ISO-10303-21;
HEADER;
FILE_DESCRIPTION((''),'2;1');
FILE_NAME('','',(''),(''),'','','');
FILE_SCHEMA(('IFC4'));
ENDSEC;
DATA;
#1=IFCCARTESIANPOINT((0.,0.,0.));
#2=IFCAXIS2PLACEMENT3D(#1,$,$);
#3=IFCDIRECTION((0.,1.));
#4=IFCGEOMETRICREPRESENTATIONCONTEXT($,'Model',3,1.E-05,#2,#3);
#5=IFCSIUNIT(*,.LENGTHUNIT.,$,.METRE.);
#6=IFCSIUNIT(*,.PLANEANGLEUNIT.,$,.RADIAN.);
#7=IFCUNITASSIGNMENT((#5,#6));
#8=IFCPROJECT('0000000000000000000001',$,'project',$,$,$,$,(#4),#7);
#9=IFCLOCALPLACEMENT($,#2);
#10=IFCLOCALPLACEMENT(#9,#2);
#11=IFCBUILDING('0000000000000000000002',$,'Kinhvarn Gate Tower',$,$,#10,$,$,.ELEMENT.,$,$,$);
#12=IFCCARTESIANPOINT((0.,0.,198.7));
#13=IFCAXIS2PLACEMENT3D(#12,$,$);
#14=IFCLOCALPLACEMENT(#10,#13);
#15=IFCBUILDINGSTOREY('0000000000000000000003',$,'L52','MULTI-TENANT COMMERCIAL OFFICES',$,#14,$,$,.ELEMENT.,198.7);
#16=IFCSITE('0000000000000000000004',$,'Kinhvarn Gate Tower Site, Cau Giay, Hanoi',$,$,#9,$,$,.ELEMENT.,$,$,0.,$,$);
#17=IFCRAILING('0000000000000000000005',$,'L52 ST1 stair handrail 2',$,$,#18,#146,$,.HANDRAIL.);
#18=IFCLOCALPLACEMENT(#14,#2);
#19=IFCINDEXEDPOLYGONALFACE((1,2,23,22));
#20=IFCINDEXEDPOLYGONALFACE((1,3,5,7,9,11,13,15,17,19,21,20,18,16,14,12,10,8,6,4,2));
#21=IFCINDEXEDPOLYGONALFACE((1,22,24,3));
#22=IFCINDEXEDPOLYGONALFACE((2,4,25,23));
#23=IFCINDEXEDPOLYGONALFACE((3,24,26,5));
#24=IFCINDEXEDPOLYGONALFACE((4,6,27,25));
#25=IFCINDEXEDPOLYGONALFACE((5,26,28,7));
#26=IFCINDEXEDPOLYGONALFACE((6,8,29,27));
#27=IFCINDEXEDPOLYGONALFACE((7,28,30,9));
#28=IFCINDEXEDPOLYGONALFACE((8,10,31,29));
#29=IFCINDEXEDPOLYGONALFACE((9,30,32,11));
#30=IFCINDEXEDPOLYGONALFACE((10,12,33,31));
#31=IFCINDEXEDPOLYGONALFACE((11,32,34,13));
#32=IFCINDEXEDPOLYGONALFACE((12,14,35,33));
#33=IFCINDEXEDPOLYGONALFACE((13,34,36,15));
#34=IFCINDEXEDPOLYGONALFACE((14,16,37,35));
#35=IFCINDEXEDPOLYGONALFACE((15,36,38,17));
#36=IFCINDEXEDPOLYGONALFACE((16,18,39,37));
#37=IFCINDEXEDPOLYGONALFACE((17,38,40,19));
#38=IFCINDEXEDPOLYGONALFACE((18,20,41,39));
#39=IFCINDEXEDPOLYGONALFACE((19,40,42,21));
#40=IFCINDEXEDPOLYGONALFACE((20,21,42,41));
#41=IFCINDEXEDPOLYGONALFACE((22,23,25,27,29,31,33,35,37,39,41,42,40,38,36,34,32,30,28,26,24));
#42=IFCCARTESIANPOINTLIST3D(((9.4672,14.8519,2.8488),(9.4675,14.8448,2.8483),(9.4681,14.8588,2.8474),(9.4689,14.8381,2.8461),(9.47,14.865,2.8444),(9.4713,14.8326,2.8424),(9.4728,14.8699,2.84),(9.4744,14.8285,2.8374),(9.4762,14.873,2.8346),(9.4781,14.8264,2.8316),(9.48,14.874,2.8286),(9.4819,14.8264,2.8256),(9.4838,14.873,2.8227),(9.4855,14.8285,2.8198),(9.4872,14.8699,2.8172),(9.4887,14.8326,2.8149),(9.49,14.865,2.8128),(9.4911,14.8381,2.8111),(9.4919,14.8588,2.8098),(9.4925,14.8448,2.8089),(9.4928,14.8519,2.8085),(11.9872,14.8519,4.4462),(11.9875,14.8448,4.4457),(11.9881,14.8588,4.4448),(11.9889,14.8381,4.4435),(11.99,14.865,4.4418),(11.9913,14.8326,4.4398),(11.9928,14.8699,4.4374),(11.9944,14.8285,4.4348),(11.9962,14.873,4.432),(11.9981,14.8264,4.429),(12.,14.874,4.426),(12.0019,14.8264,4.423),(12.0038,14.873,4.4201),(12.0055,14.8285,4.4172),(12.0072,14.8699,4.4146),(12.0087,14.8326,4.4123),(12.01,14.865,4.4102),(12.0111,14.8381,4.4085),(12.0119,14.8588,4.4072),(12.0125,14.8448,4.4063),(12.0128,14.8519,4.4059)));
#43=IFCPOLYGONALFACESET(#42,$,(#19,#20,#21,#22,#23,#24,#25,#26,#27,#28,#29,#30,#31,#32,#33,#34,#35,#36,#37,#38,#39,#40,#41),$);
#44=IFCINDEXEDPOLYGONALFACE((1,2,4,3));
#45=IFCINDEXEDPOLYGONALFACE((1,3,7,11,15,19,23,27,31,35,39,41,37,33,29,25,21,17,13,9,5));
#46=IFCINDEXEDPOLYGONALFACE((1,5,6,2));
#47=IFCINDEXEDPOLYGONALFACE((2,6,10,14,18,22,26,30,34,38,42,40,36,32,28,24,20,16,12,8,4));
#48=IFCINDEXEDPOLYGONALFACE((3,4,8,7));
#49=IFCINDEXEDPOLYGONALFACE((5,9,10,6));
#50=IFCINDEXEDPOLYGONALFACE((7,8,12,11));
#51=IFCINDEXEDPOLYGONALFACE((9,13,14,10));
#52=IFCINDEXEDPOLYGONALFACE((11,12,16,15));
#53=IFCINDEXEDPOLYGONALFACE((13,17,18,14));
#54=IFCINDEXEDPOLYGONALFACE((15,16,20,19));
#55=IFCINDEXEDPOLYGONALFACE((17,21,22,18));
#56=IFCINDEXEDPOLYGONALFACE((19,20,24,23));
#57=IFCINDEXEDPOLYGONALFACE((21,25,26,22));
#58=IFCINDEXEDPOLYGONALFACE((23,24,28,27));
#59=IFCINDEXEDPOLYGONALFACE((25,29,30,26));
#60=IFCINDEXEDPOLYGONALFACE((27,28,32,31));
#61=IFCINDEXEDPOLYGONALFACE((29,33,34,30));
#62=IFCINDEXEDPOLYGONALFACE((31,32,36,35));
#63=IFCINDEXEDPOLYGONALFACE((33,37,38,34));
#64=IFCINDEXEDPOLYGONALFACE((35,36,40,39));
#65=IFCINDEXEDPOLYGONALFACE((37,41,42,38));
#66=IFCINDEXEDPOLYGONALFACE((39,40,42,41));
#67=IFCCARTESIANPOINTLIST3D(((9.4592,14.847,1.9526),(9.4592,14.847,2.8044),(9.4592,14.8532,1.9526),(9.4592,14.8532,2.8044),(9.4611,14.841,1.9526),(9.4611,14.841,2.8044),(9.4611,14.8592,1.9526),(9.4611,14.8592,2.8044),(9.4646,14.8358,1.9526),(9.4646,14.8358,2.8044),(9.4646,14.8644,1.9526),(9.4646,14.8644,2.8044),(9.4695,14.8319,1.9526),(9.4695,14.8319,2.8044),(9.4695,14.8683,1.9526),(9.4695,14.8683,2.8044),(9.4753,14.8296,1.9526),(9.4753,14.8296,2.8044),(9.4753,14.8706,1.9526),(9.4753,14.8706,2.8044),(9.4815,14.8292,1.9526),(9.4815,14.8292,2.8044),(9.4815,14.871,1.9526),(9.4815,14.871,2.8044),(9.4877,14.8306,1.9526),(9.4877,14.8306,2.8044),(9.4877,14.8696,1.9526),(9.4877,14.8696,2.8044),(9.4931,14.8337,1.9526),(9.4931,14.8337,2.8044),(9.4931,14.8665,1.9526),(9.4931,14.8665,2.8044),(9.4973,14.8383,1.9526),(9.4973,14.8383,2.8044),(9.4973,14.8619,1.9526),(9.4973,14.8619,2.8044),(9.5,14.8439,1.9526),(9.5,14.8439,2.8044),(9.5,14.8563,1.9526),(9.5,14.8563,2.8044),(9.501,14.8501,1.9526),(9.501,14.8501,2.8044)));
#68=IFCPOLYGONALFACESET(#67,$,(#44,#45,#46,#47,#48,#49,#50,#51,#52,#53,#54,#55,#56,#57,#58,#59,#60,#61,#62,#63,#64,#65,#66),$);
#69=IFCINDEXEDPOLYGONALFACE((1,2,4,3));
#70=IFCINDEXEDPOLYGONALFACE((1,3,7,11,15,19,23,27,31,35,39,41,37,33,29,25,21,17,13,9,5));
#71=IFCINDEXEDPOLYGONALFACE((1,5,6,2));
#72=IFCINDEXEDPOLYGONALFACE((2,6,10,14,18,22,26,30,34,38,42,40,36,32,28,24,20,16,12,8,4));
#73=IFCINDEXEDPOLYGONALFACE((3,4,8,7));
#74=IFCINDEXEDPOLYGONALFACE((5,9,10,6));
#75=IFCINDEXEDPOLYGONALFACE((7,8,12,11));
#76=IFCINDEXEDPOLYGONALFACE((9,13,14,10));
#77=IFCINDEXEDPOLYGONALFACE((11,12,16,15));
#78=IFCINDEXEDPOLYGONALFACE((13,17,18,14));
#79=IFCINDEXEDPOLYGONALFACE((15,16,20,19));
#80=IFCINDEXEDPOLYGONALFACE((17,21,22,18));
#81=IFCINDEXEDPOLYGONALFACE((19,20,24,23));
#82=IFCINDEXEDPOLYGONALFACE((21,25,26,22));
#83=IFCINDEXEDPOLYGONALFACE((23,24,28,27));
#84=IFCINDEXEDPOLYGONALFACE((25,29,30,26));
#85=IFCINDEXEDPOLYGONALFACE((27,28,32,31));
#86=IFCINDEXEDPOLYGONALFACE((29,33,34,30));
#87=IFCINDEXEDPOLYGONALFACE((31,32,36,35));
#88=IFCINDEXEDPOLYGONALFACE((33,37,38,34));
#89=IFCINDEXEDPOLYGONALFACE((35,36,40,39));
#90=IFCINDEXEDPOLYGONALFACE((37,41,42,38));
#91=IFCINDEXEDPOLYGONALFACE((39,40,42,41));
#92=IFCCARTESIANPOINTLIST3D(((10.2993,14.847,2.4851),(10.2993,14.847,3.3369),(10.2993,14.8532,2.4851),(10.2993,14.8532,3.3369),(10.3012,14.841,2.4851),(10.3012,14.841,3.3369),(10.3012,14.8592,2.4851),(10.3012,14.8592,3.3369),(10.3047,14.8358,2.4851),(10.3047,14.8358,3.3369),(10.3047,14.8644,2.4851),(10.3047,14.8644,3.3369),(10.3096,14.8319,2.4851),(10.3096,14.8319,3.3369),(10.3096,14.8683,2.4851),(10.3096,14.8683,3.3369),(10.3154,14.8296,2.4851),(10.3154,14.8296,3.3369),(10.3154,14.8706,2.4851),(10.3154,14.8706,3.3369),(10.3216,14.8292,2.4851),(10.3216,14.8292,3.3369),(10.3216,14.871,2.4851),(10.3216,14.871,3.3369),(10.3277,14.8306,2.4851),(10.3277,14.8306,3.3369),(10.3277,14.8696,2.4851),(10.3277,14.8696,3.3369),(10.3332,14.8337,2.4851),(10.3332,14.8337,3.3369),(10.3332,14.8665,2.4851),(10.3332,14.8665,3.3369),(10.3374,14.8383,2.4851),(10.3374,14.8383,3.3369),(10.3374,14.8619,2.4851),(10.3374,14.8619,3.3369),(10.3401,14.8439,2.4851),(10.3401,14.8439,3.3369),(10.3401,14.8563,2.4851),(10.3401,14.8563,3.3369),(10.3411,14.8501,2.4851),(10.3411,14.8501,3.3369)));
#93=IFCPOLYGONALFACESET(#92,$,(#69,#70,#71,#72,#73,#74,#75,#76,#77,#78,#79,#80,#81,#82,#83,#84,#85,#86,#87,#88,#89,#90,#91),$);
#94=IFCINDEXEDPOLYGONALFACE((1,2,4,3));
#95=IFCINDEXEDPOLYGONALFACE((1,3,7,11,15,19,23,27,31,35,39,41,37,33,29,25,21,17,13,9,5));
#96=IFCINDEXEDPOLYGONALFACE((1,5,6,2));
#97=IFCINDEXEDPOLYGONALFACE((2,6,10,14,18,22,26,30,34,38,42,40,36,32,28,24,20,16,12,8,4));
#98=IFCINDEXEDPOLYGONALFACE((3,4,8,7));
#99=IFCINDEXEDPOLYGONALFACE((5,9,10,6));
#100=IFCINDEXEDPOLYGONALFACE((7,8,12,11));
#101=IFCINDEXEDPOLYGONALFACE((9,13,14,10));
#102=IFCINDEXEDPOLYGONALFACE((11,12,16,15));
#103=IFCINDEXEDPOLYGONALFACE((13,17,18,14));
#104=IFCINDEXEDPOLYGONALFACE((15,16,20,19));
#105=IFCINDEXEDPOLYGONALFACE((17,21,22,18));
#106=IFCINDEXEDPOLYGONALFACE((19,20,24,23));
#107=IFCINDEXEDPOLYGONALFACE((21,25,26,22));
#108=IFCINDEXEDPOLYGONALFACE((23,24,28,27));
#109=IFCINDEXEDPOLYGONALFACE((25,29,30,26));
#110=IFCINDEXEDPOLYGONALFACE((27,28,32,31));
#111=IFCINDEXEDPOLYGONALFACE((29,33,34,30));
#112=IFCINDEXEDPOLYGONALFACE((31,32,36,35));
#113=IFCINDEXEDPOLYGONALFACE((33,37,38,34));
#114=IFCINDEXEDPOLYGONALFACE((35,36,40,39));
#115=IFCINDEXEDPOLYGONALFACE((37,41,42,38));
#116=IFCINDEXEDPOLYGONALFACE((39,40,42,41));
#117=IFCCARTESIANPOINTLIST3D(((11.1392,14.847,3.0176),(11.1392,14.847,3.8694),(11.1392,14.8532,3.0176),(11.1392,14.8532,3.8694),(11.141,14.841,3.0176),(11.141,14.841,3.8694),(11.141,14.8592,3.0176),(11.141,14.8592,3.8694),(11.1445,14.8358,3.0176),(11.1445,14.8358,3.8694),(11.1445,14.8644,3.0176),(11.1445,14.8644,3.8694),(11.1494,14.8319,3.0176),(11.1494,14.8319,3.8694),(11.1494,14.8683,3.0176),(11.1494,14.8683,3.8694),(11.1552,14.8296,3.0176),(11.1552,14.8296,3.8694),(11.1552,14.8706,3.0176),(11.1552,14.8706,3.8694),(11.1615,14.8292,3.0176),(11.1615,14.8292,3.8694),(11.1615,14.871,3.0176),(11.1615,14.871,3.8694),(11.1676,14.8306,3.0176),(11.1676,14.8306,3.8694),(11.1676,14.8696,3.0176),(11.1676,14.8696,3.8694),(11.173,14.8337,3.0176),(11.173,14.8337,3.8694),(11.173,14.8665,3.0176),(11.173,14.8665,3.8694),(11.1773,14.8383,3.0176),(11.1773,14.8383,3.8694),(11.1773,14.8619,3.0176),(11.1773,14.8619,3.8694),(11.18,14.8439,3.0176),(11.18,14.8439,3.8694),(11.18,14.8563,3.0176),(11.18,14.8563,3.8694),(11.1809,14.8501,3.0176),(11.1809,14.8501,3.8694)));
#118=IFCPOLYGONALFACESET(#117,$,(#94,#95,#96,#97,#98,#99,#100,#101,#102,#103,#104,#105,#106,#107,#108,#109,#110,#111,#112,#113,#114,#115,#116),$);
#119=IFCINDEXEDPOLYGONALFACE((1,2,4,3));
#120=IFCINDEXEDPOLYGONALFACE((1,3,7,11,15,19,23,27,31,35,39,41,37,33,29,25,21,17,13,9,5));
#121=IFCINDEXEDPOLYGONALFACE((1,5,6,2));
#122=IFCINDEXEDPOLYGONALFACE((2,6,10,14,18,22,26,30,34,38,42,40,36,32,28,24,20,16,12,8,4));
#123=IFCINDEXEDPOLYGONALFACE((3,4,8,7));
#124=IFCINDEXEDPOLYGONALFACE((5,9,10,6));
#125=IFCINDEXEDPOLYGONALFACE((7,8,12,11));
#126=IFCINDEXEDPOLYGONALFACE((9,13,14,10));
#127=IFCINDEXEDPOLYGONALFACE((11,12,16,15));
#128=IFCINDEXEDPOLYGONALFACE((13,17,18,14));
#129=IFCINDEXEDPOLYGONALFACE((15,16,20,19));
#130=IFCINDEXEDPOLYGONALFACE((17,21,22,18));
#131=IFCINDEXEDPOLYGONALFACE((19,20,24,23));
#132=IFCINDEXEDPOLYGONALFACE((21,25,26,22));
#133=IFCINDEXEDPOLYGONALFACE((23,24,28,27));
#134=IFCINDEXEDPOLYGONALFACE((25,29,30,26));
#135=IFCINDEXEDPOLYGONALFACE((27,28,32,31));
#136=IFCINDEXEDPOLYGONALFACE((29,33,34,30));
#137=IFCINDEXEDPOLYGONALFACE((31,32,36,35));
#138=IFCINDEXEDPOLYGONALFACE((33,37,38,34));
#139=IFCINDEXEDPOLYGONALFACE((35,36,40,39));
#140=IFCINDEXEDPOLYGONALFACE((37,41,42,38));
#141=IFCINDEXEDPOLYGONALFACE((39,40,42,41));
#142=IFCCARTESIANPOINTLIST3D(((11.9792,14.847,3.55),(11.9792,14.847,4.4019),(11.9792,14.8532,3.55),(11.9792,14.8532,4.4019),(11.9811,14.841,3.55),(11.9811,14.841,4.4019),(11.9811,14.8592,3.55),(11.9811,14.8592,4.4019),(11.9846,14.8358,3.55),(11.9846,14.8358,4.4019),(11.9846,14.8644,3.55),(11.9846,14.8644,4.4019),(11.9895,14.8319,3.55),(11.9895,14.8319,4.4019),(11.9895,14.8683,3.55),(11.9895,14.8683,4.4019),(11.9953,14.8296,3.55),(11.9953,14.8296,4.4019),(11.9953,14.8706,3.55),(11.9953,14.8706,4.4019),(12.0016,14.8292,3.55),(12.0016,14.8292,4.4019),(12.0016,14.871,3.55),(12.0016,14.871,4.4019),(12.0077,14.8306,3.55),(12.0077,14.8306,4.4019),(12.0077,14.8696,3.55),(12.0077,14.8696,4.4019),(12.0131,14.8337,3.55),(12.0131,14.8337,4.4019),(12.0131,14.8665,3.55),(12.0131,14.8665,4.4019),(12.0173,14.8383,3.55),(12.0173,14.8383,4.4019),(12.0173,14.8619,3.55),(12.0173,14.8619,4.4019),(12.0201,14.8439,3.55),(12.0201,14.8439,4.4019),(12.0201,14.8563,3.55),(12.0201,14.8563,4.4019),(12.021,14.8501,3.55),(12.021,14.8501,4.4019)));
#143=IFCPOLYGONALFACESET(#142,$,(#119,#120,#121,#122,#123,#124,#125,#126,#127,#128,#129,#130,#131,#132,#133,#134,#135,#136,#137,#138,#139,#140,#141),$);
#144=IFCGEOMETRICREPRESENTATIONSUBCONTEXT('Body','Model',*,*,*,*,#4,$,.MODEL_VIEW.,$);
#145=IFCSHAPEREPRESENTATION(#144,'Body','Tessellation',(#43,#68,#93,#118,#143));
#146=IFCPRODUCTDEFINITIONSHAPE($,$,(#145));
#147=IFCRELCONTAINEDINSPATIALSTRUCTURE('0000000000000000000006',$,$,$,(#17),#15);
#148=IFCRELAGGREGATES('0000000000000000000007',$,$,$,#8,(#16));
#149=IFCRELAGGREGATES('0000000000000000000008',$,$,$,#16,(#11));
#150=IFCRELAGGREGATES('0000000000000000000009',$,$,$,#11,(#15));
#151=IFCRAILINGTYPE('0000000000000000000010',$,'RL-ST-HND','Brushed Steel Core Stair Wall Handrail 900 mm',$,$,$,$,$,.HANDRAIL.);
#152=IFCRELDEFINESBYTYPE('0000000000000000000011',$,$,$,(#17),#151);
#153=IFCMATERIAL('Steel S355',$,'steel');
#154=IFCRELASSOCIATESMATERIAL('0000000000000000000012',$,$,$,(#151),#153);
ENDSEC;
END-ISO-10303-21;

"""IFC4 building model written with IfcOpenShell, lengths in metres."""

from ifc_helpers import new_model, si_unit, direction, frame, origin, origin_2d, place, context, subcontext, project, spatial, circle, extrude, material, type_object, element, save


model = new_model("IFC4")

# Units and contexts
model_context = context("Model", 3, precision=1e-05, world=origin(), true_north=direction((0.0, 1.0)))
body_context = subcontext(model_context, "Body", "Model", "MODEL_VIEW")
ifc_project = project(units=[si_unit("LENGTHUNIT", "METRE"), si_unit("PLANEANGLEUNIT", "RADIAN")], contexts=[model_context])

# Site, building, storey
site_placement = place(None, origin())
site = spatial("IfcSite", under=ifc_project, at=site_placement, Name="Kinhvarn Gate Tower Site, Cau Giay, Hanoi", CompositionType="ELEMENT", RefElevation=0.0)
building_placement = place(site_placement, origin())
building = spatial("IfcBuilding", under=site, at=building_placement, Name="Kinhvarn Gate Tower", CompositionType="ELEMENT")
storey_placement = place(building_placement, frame((0.0, 0.0, 198.7)))
storey = spatial("IfcBuildingStorey", under=building, at=storey_placement, Name="L52", Description="MULTI-TENANT COMMERCIAL OFFICES", CompositionType="ELEMENT", Elevation=198.7)

# Shared definitions
ifc_material_1 = material(Name="Steel S355", Category="steel")

# Railing
railing_type_1 = type_object("IfcRailingType", Name="RL-ST-HND", Description="Brushed Steel Core Stair Wall Handrail 900 mm", PredefinedType="HANDRAIL", material=ifc_material_1)
railing_1_placement = place(storey_placement, frame((9.48, 14.8501, 1.9526)))
element("IfcRailing", 1, at=railing_1_placement, inside=storey, type_object=railing_type_1, Name="L52 ST1 stair handrail 2", PredefinedType="HANDRAIL", context=body_context, shape_type="SweptSolid", body=[
    extrude(circle(Radius=0.0239, at=origin_2d()), frame((0.0, 0.0, 0.876), z_axis=(0.844607, 0.0, 0.535387), x_axis=(0.0, 1.0, 0.0)), (0.0, 0.0, 1.0), 2.9836),
    extrude(circle(Radius=0.021, at=origin_2d()), origin(), (0.0, 0.0, 1.0), 0.8518),
    extrude(circle(Radius=0.021, at=origin_2d()), frame((0.8401, 0.0, 0.5325)), (0.0, 0.0, 1.0), 0.8518),
    extrude(circle(Radius=0.021, at=origin_2d()), frame((1.6799, 0.0, 1.0649)), (0.0, 0.0, 1.0), 0.8518),
    extrude(circle(Radius=0.021, at=origin_2d()), frame((2.52, 0.0, 1.5974)), (0.0, 0.0, 1.0), 0.8518),
])

save(model, "model.ifc")
